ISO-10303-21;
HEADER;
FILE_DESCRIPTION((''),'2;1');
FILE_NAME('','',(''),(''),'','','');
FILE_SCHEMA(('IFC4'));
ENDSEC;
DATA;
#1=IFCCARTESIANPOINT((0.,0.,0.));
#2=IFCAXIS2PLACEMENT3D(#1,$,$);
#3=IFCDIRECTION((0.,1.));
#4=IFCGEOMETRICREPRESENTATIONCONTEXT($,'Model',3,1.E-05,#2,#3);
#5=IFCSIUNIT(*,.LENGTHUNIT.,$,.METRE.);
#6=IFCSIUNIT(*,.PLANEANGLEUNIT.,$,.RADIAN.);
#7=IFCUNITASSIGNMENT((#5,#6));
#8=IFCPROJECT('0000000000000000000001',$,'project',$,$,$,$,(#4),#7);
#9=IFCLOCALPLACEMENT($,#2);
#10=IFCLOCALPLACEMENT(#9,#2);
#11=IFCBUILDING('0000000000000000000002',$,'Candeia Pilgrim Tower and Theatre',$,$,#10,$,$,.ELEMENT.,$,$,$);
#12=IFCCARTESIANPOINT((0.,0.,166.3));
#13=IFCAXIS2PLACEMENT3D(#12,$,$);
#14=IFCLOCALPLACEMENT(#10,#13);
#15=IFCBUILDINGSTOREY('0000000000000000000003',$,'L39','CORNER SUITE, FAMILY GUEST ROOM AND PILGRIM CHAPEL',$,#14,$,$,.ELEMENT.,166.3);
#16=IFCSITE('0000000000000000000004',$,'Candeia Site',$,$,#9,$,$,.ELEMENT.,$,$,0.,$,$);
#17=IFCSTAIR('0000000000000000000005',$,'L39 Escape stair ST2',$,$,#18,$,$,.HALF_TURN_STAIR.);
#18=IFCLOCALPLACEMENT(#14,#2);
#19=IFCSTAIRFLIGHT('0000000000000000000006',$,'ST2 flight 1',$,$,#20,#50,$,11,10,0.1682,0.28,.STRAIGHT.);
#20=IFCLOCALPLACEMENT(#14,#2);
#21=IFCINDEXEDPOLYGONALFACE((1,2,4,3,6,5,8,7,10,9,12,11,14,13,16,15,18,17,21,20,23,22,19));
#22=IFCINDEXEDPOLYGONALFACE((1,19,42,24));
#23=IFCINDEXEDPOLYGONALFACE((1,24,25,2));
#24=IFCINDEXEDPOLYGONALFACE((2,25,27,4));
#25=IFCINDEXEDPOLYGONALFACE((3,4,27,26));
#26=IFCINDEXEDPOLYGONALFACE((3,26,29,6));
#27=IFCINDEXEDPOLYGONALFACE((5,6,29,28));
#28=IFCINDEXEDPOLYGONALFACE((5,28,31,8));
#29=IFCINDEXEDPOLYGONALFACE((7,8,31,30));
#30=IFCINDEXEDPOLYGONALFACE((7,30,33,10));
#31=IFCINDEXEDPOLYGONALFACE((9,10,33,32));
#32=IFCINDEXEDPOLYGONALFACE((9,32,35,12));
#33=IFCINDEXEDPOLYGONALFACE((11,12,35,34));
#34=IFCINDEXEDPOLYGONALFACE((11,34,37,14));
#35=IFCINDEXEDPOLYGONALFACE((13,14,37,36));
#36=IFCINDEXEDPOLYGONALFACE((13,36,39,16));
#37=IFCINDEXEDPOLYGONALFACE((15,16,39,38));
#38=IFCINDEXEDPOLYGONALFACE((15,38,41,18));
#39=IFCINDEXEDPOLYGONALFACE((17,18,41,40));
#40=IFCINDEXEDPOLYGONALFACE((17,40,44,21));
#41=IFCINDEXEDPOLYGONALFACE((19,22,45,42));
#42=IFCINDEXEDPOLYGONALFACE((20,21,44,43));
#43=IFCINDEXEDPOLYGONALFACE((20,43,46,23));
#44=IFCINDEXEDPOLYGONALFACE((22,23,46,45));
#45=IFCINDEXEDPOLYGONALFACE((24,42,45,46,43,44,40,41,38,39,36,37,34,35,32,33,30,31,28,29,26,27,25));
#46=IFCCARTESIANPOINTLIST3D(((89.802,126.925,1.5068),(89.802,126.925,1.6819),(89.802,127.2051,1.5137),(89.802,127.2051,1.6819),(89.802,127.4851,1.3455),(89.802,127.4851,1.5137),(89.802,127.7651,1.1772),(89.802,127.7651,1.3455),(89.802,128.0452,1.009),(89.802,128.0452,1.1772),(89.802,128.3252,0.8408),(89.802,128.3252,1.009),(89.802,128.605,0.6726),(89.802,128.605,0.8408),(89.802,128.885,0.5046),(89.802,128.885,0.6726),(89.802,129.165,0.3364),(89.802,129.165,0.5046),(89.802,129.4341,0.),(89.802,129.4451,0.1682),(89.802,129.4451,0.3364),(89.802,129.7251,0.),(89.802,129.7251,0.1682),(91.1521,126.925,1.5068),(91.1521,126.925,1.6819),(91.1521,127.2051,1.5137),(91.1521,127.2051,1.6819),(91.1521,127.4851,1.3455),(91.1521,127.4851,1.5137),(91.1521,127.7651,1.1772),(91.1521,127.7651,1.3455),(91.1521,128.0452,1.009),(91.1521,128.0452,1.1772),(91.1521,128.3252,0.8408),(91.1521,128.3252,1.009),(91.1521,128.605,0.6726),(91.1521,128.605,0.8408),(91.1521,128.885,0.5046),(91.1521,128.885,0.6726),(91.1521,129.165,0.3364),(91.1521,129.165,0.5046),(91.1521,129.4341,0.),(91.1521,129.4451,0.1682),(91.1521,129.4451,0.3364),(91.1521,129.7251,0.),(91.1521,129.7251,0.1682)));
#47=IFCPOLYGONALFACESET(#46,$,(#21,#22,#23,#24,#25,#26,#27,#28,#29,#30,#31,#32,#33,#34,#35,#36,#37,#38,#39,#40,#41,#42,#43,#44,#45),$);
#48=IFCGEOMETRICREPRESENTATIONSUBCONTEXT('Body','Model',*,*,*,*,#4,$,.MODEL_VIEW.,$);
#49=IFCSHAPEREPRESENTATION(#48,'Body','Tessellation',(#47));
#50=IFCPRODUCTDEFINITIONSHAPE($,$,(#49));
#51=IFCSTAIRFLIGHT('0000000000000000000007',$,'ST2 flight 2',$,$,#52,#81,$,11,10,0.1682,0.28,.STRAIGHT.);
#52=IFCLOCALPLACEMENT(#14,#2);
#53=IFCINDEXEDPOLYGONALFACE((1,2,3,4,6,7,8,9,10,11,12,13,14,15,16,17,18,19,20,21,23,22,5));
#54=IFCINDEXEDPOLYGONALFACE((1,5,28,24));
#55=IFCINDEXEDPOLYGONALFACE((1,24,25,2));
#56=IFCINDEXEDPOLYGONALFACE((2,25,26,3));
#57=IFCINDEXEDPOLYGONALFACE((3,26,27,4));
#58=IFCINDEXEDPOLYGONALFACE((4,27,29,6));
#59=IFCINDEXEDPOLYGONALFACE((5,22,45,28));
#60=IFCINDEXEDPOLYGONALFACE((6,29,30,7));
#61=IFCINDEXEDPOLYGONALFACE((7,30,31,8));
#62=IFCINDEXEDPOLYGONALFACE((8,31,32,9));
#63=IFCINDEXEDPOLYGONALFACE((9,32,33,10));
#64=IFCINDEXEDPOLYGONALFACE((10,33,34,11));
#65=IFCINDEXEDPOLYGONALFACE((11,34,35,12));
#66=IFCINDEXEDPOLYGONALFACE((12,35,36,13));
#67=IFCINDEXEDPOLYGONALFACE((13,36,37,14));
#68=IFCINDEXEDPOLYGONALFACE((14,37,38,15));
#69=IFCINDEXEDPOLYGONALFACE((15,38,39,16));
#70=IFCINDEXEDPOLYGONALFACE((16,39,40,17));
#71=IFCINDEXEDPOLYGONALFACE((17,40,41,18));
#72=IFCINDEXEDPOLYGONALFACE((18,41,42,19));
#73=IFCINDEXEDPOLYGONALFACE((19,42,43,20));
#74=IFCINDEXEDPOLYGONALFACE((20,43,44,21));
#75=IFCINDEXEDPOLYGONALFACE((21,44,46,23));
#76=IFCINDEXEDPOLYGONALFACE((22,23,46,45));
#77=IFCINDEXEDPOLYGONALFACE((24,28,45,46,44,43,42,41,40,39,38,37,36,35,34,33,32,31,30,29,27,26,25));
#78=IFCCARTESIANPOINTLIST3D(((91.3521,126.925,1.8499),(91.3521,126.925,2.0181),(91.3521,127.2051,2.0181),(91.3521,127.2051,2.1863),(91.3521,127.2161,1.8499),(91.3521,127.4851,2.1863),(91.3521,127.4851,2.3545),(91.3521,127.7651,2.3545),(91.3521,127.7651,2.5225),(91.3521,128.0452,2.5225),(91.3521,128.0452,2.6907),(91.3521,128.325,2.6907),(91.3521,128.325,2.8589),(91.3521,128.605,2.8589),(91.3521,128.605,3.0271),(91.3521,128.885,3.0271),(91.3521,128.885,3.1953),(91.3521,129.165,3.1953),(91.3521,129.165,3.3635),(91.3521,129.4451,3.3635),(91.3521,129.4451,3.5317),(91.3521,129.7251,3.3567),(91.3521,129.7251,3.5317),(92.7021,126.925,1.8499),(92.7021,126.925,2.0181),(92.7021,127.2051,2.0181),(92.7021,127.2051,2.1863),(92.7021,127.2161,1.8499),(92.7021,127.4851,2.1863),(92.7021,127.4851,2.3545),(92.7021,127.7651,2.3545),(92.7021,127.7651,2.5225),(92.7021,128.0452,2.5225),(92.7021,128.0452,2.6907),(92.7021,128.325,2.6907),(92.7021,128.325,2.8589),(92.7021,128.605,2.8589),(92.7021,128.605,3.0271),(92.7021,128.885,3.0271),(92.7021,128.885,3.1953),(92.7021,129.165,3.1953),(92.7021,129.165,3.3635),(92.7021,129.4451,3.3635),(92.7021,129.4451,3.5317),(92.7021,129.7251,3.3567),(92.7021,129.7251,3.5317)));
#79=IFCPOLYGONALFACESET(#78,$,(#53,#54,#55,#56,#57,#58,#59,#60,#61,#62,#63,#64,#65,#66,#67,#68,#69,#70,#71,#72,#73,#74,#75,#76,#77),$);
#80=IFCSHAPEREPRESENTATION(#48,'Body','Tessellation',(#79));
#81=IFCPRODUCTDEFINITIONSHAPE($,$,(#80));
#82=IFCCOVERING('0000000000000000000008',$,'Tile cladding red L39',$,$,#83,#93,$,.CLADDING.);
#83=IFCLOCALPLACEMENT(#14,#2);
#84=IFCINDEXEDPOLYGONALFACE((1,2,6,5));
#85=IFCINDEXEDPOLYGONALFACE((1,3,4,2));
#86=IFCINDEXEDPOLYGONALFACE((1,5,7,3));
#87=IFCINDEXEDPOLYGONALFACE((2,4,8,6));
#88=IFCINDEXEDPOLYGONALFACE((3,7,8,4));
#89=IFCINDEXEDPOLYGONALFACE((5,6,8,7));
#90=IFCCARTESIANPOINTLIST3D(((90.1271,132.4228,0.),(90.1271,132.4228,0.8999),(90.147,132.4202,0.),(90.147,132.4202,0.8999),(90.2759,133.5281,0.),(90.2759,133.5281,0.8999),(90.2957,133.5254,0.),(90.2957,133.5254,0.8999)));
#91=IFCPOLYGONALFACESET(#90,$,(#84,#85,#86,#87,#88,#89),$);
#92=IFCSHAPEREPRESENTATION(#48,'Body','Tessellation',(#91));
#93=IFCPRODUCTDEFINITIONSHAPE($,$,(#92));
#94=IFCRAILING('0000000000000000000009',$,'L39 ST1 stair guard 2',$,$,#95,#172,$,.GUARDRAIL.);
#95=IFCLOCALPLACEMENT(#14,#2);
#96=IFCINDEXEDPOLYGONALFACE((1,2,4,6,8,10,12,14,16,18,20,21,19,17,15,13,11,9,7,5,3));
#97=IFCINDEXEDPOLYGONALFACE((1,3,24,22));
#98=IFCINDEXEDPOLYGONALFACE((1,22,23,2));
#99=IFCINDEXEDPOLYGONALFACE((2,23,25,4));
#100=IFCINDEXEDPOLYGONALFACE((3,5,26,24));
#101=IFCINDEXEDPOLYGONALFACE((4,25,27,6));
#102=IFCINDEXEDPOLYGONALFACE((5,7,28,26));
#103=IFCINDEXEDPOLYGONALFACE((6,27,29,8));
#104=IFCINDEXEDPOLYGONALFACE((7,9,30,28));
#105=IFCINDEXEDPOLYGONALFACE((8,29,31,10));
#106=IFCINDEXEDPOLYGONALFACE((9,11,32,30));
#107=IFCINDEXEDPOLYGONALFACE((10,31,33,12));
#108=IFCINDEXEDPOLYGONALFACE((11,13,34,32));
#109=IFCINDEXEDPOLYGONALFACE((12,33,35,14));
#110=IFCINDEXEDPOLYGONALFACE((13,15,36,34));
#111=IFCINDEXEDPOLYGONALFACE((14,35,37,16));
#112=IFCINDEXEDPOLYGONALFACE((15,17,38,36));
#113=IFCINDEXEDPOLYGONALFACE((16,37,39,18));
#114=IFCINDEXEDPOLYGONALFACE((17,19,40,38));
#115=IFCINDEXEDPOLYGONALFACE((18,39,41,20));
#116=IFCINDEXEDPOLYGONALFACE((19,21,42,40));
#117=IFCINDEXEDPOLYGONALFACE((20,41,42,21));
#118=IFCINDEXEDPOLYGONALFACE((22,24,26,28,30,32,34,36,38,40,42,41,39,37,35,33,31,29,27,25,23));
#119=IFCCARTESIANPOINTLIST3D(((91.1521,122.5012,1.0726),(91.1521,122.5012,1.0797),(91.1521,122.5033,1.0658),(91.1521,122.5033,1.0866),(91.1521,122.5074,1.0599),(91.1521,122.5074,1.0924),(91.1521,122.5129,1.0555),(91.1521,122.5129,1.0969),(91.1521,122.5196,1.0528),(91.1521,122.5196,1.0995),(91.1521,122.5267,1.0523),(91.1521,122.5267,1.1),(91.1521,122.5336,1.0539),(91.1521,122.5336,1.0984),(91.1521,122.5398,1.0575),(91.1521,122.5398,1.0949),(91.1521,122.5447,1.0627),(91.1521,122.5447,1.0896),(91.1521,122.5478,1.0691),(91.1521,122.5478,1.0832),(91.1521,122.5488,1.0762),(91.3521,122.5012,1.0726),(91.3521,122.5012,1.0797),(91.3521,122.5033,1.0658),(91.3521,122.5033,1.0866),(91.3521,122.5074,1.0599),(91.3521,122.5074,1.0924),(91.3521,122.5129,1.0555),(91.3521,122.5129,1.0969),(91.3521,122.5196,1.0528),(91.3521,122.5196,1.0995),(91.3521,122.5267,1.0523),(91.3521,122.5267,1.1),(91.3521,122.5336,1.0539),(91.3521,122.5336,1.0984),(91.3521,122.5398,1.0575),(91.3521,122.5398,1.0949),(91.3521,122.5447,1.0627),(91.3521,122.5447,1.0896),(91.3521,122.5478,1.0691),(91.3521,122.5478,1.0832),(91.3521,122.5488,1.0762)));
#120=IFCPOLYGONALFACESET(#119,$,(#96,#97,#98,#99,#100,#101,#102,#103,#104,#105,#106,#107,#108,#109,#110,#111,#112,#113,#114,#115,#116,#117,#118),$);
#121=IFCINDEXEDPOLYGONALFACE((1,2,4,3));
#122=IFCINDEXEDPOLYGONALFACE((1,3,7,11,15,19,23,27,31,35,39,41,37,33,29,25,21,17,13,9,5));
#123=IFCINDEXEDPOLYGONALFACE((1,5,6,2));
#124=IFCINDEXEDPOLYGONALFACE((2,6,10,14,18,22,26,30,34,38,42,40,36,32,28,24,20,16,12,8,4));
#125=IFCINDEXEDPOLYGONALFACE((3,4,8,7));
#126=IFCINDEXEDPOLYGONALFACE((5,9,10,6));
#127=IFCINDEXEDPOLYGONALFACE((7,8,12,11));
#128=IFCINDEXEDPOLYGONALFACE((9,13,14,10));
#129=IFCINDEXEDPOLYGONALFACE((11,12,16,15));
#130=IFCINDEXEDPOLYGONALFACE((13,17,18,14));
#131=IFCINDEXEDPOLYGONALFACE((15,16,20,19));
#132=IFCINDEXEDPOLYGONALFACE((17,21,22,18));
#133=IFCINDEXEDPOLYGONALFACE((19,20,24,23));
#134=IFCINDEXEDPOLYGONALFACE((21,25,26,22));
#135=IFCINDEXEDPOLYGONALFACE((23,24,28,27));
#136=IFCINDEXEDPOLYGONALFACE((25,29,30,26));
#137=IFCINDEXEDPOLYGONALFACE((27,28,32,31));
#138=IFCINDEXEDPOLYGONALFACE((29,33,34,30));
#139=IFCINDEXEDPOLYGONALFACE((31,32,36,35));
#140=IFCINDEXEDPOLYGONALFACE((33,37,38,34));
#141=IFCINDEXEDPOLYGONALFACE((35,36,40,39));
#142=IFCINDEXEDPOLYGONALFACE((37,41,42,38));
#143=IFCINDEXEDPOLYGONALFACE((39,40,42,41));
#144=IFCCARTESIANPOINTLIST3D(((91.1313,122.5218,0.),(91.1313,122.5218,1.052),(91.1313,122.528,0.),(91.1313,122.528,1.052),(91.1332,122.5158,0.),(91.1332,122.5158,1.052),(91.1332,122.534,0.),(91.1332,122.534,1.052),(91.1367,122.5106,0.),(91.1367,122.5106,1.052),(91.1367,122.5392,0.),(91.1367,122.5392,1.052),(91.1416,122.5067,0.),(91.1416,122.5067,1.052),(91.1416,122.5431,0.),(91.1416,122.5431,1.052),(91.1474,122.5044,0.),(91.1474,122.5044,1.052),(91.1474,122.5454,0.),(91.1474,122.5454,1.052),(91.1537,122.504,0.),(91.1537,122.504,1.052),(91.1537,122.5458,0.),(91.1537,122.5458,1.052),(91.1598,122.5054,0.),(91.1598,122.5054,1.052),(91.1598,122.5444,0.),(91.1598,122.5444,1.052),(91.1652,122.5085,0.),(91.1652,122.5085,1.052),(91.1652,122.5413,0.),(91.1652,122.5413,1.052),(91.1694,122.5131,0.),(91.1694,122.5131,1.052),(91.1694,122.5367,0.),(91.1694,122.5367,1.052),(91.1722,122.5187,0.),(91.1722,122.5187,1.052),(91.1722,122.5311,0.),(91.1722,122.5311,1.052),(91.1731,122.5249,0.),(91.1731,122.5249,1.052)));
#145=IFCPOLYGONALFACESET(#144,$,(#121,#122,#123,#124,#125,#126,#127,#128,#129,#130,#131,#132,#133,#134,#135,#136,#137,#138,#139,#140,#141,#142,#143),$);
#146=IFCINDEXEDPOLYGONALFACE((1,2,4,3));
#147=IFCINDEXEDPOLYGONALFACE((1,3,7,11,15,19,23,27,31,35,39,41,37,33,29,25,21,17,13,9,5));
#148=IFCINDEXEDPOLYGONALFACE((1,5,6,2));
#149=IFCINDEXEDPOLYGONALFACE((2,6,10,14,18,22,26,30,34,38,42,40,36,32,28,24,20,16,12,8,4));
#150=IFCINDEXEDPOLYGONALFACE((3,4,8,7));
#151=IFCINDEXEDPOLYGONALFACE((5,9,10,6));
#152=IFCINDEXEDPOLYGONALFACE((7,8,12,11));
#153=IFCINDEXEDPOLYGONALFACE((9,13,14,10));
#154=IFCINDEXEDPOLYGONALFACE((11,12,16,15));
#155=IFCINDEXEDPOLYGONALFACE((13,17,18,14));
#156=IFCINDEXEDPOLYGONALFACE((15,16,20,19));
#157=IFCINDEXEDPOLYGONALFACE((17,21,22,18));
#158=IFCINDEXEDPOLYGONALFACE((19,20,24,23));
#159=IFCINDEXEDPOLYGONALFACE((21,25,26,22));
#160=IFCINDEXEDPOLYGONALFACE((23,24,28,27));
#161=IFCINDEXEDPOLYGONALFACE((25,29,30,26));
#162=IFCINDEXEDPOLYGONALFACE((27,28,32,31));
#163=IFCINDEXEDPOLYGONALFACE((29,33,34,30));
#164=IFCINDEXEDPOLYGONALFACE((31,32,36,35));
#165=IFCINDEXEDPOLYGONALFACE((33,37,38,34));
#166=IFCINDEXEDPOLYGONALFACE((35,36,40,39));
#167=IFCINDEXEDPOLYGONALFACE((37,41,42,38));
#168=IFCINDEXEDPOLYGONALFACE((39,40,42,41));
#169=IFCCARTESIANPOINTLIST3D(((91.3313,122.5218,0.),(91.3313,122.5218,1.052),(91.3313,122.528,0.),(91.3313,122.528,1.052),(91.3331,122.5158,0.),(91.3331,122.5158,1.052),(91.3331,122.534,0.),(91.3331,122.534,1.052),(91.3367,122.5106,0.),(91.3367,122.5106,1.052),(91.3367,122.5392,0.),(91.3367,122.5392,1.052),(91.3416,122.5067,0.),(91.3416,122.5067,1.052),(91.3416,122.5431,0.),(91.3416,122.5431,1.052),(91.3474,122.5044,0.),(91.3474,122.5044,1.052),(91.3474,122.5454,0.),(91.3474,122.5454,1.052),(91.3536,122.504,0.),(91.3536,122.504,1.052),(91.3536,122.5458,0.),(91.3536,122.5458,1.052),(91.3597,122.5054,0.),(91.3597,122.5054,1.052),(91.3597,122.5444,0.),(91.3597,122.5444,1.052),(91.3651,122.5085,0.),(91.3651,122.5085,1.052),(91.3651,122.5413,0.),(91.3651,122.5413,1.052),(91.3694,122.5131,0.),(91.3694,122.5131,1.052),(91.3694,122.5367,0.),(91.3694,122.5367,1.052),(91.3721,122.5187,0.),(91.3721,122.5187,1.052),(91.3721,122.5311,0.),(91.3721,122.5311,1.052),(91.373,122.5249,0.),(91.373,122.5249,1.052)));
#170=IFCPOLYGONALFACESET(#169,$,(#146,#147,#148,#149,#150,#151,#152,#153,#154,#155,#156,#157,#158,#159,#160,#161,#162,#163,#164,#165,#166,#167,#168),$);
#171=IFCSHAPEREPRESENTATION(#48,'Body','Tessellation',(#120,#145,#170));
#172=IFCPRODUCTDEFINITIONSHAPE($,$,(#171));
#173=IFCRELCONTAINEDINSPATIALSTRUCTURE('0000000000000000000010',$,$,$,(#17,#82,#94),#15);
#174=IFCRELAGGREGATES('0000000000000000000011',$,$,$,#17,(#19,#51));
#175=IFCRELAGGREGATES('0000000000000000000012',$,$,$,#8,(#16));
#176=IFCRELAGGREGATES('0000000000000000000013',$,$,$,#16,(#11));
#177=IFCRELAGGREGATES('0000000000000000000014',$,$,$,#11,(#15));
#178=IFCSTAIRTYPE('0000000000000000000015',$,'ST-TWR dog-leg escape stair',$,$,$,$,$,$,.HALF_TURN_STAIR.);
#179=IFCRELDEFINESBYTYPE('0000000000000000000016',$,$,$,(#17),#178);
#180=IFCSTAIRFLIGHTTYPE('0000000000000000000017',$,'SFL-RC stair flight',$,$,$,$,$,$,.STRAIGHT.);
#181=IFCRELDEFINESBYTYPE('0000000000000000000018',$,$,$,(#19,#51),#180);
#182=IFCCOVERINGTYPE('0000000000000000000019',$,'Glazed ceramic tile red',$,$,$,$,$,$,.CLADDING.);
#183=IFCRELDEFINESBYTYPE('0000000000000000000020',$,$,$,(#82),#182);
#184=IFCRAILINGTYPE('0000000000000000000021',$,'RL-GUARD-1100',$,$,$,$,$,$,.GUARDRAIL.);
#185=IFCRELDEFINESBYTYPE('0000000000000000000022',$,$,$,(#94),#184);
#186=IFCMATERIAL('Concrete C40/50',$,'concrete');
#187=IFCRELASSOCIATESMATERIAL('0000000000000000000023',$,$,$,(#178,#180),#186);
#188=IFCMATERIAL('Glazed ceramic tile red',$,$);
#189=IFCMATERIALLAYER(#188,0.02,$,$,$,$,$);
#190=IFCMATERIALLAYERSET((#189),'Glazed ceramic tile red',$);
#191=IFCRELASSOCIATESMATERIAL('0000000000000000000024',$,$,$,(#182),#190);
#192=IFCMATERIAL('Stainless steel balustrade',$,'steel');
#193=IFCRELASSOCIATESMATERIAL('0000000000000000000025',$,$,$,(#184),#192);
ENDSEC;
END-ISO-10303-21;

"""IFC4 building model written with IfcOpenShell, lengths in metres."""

from ifc_helpers import new_model, si_unit, direction, frame, origin, origin_2d, place, context, subcontext, project, spatial, polyline, rectangle, circle, outline, extrude, material, layer, layer_set, type_object, element, aggregate, save


model = new_model("IFC4")

# Units and contexts
model_context = context("Model", 3, precision=1e-05, world=origin(), true_north=direction((0.0, 1.0)))
body_context = subcontext(model_context, "Body", "Model", "MODEL_VIEW")
ifc_project = project(units=[si_unit("LENGTHUNIT", "METRE"), si_unit("PLANEANGLEUNIT", "RADIAN")], contexts=[model_context])

# Site, building, storey
site_placement = place(None, origin())
site = spatial("IfcSite", under=ifc_project, at=site_placement, Name="Candeia Site", CompositionType="ELEMENT", RefElevation=0.0)
building_placement = place(site_placement, origin())
building = spatial("IfcBuilding", under=site, at=building_placement, Name="Candeia Pilgrim Tower and Theatre", CompositionType="ELEMENT")
storey_placement = place(building_placement, frame((0.0, 0.0, 166.3)))
storey = spatial("IfcBuildingStorey", under=building, at=storey_placement, Name="L39", Description="CORNER SUITE, FAMILY GUEST ROOM AND PILGRIM CHAPEL", CompositionType="ELEMENT", Elevation=166.3)

# Shared definitions
ifc_material_1 = material(Name="Concrete C40/50", Category="concrete")

# Stair, stair flights
stair_type = type_object("IfcStairType", Name="ST-TWR dog-leg escape stair", PredefinedType="HALF_TURN_STAIR", material=ifc_material_1)
stair_flight_type = type_object("IfcStairFlightType", Name="SFL-RC stair flight", PredefinedType="STRAIGHT", material=ifc_material_1)
stair_1_placement = place(storey_placement, origin())
stair_1 = element("IfcStair", 1, at=stair_1_placement, inside=storey, type_object=stair_type, Name="L39 Escape stair ST2", PredefinedType="HALF_TURN_STAIR")
stair_flight_1_placement = place(storey_placement, frame((90.4771, 129.7251, 0.0), z_axis=(0.0, 0.0, 1.0), x_axis=(0.0, -1.0, 0.0)))
stair_flight_1 = element("IfcStairFlight", 2, at=stair_flight_1_placement, type_object=stair_flight_type, Name="ST2 flight 1", NumberOfRisers=11, NumberOfTreads=10, PredefinedType="STRAIGHT", RiserHeight=0.1682, TreadLength=0.28, context=body_context, shape_type="SweptSolid", body=[
    extrude(outline(polyline([(0.0, 0.0), (0.0, 0.1682), (0.28, 0.1682), (0.28, 0.3364), (0.5601, 0.3364), (0.5601, 0.5046), (0.8401, 0.5046), (0.8401, 0.6726), (1.1201, 0.6726), (1.1201, 0.8408), (1.3999, 0.8408), (1.3999, 1.009), (1.6799, 1.009), (1.6799, 1.1772), (1.96, 1.1772), (1.96, 1.3455), (2.24, 1.3455), (2.24, 1.5137), (2.52, 1.5137), (2.52, 1.6819), (2.8, 1.6819), (2.8, 1.8501), (2.8, 1.5068), (0.291, 0.0), (0.0, 0.0)])), frame((0.0, 0.675, 0.0), z_axis=(0.0, -1.0, 0.0), x_axis=(1.0, 0.0, 0.0)), (0.0, 0.0, 1.0), 1.3501),
])
stair_flight_2_placement = place(storey_placement, frame((92.0271, 126.925, 1.8499), z_axis=(0.0, 0.0, 1.0), x_axis=(0.0, 1.0, 0.0)))
stair_flight_2 = element("IfcStairFlight", 3, at=stair_flight_2_placement, type_object=stair_flight_type, Name="ST2 flight 2", NumberOfRisers=11, NumberOfTreads=10, PredefinedType="STRAIGHT", RiserHeight=0.1682, TreadLength=0.28, context=body_context, shape_type="SweptSolid", body=[
    extrude(outline(polyline([(0.0, 0.0), (0.0, 0.1682), (0.28, 0.1682), (0.28, 0.3364), (0.5601, 0.3364), (0.5601, 0.5046), (0.8401, 0.5046), (0.8401, 0.6726), (1.1201, 0.6726), (1.1201, 0.8408), (1.3999, 0.8408), (1.3999, 1.009), (1.6799, 1.009), (1.6799, 1.1772), (1.96, 1.1772), (1.96, 1.3455), (2.24, 1.3455), (2.24, 1.5137), (2.52, 1.5137), (2.52, 1.6819), (2.8, 1.6819), (2.8, 1.8501), (2.8, 1.5068), (0.291, 0.0), (0.0, 0.0)])), frame((0.0, 0.675, 0.0), z_axis=(0.0, -1.0, 0.0), x_axis=(1.0, 0.0, 0.0)), (0.0, 0.0, 1.0), 1.3501),
])
aggregate(stair_1, [stair_flight_1, stair_flight_2])

# Shared definitions
ifc_material_2 = material(Name="Stainless steel balustrade", Category="steel")

# Covering
ifc_material_3 = material(Name="Glazed ceramic tile red")
ifc_layer_1 = layer(ifc_material_3, 0.02)
ifc_layer_set_1 = layer_set([ifc_layer_1], Name="Glazed ceramic tile red")
covering_type = type_object("IfcCoveringType", Name="Glazed ceramic tile red", PredefinedType="CLADDING", material=ifc_layer_set_1)
covering_placement = place(storey_placement, frame((90.2114, 132.9741, 0.0), z_axis=(0.0, 0.0, 1.0), x_axis=(-0.133412, -0.991061, 0.0)))
element("IfcCovering", 4, at=covering_placement, inside=storey, type_object=covering_type, Name="Tile cladding red L39", PredefinedType="CLADDING", context=body_context, shape_type="SweptSolid", body=[
    extrude(rectangle(XDim=1.1152, YDim=0.02, at=origin_2d()), origin(), (0.0, 0.0, 1.0), 0.8999),
])

# Railing
railing_type_1 = type_object("IfcRailingType", Name="RL-GUARD-1100", PredefinedType="GUARDRAIL", material=ifc_material_2)
railing_1_placement = place(storey_placement, frame((91.1521, 122.5249, 0.0)))
element("IfcRailing", 5, at=railing_1_placement, inside=storey, type_object=railing_type_1, Name="L39 ST1 stair guard 2", PredefinedType="GUARDRAIL", context=body_context, shape_type="SweptSolid", body=[
    extrude(circle(Radius=0.0239, at=origin_2d()), frame((0.0, 0.0, 1.0762), z_axis=(1.0, 0.0, 0.0), x_axis=(0.0, 1.0, 0.0)), (0.0, 0.0, 1.0), 0.2),
    extrude(circle(Radius=0.021, at=origin_2d()), origin(), (0.0, 0.0, 1.0), 1.052),
    extrude(circle(Radius=0.021, at=origin_2d()), frame((0.2, 0.0, 0.0)), (0.0, 0.0, 1.0), 1.052),
])

save(model, "model.ifc")
